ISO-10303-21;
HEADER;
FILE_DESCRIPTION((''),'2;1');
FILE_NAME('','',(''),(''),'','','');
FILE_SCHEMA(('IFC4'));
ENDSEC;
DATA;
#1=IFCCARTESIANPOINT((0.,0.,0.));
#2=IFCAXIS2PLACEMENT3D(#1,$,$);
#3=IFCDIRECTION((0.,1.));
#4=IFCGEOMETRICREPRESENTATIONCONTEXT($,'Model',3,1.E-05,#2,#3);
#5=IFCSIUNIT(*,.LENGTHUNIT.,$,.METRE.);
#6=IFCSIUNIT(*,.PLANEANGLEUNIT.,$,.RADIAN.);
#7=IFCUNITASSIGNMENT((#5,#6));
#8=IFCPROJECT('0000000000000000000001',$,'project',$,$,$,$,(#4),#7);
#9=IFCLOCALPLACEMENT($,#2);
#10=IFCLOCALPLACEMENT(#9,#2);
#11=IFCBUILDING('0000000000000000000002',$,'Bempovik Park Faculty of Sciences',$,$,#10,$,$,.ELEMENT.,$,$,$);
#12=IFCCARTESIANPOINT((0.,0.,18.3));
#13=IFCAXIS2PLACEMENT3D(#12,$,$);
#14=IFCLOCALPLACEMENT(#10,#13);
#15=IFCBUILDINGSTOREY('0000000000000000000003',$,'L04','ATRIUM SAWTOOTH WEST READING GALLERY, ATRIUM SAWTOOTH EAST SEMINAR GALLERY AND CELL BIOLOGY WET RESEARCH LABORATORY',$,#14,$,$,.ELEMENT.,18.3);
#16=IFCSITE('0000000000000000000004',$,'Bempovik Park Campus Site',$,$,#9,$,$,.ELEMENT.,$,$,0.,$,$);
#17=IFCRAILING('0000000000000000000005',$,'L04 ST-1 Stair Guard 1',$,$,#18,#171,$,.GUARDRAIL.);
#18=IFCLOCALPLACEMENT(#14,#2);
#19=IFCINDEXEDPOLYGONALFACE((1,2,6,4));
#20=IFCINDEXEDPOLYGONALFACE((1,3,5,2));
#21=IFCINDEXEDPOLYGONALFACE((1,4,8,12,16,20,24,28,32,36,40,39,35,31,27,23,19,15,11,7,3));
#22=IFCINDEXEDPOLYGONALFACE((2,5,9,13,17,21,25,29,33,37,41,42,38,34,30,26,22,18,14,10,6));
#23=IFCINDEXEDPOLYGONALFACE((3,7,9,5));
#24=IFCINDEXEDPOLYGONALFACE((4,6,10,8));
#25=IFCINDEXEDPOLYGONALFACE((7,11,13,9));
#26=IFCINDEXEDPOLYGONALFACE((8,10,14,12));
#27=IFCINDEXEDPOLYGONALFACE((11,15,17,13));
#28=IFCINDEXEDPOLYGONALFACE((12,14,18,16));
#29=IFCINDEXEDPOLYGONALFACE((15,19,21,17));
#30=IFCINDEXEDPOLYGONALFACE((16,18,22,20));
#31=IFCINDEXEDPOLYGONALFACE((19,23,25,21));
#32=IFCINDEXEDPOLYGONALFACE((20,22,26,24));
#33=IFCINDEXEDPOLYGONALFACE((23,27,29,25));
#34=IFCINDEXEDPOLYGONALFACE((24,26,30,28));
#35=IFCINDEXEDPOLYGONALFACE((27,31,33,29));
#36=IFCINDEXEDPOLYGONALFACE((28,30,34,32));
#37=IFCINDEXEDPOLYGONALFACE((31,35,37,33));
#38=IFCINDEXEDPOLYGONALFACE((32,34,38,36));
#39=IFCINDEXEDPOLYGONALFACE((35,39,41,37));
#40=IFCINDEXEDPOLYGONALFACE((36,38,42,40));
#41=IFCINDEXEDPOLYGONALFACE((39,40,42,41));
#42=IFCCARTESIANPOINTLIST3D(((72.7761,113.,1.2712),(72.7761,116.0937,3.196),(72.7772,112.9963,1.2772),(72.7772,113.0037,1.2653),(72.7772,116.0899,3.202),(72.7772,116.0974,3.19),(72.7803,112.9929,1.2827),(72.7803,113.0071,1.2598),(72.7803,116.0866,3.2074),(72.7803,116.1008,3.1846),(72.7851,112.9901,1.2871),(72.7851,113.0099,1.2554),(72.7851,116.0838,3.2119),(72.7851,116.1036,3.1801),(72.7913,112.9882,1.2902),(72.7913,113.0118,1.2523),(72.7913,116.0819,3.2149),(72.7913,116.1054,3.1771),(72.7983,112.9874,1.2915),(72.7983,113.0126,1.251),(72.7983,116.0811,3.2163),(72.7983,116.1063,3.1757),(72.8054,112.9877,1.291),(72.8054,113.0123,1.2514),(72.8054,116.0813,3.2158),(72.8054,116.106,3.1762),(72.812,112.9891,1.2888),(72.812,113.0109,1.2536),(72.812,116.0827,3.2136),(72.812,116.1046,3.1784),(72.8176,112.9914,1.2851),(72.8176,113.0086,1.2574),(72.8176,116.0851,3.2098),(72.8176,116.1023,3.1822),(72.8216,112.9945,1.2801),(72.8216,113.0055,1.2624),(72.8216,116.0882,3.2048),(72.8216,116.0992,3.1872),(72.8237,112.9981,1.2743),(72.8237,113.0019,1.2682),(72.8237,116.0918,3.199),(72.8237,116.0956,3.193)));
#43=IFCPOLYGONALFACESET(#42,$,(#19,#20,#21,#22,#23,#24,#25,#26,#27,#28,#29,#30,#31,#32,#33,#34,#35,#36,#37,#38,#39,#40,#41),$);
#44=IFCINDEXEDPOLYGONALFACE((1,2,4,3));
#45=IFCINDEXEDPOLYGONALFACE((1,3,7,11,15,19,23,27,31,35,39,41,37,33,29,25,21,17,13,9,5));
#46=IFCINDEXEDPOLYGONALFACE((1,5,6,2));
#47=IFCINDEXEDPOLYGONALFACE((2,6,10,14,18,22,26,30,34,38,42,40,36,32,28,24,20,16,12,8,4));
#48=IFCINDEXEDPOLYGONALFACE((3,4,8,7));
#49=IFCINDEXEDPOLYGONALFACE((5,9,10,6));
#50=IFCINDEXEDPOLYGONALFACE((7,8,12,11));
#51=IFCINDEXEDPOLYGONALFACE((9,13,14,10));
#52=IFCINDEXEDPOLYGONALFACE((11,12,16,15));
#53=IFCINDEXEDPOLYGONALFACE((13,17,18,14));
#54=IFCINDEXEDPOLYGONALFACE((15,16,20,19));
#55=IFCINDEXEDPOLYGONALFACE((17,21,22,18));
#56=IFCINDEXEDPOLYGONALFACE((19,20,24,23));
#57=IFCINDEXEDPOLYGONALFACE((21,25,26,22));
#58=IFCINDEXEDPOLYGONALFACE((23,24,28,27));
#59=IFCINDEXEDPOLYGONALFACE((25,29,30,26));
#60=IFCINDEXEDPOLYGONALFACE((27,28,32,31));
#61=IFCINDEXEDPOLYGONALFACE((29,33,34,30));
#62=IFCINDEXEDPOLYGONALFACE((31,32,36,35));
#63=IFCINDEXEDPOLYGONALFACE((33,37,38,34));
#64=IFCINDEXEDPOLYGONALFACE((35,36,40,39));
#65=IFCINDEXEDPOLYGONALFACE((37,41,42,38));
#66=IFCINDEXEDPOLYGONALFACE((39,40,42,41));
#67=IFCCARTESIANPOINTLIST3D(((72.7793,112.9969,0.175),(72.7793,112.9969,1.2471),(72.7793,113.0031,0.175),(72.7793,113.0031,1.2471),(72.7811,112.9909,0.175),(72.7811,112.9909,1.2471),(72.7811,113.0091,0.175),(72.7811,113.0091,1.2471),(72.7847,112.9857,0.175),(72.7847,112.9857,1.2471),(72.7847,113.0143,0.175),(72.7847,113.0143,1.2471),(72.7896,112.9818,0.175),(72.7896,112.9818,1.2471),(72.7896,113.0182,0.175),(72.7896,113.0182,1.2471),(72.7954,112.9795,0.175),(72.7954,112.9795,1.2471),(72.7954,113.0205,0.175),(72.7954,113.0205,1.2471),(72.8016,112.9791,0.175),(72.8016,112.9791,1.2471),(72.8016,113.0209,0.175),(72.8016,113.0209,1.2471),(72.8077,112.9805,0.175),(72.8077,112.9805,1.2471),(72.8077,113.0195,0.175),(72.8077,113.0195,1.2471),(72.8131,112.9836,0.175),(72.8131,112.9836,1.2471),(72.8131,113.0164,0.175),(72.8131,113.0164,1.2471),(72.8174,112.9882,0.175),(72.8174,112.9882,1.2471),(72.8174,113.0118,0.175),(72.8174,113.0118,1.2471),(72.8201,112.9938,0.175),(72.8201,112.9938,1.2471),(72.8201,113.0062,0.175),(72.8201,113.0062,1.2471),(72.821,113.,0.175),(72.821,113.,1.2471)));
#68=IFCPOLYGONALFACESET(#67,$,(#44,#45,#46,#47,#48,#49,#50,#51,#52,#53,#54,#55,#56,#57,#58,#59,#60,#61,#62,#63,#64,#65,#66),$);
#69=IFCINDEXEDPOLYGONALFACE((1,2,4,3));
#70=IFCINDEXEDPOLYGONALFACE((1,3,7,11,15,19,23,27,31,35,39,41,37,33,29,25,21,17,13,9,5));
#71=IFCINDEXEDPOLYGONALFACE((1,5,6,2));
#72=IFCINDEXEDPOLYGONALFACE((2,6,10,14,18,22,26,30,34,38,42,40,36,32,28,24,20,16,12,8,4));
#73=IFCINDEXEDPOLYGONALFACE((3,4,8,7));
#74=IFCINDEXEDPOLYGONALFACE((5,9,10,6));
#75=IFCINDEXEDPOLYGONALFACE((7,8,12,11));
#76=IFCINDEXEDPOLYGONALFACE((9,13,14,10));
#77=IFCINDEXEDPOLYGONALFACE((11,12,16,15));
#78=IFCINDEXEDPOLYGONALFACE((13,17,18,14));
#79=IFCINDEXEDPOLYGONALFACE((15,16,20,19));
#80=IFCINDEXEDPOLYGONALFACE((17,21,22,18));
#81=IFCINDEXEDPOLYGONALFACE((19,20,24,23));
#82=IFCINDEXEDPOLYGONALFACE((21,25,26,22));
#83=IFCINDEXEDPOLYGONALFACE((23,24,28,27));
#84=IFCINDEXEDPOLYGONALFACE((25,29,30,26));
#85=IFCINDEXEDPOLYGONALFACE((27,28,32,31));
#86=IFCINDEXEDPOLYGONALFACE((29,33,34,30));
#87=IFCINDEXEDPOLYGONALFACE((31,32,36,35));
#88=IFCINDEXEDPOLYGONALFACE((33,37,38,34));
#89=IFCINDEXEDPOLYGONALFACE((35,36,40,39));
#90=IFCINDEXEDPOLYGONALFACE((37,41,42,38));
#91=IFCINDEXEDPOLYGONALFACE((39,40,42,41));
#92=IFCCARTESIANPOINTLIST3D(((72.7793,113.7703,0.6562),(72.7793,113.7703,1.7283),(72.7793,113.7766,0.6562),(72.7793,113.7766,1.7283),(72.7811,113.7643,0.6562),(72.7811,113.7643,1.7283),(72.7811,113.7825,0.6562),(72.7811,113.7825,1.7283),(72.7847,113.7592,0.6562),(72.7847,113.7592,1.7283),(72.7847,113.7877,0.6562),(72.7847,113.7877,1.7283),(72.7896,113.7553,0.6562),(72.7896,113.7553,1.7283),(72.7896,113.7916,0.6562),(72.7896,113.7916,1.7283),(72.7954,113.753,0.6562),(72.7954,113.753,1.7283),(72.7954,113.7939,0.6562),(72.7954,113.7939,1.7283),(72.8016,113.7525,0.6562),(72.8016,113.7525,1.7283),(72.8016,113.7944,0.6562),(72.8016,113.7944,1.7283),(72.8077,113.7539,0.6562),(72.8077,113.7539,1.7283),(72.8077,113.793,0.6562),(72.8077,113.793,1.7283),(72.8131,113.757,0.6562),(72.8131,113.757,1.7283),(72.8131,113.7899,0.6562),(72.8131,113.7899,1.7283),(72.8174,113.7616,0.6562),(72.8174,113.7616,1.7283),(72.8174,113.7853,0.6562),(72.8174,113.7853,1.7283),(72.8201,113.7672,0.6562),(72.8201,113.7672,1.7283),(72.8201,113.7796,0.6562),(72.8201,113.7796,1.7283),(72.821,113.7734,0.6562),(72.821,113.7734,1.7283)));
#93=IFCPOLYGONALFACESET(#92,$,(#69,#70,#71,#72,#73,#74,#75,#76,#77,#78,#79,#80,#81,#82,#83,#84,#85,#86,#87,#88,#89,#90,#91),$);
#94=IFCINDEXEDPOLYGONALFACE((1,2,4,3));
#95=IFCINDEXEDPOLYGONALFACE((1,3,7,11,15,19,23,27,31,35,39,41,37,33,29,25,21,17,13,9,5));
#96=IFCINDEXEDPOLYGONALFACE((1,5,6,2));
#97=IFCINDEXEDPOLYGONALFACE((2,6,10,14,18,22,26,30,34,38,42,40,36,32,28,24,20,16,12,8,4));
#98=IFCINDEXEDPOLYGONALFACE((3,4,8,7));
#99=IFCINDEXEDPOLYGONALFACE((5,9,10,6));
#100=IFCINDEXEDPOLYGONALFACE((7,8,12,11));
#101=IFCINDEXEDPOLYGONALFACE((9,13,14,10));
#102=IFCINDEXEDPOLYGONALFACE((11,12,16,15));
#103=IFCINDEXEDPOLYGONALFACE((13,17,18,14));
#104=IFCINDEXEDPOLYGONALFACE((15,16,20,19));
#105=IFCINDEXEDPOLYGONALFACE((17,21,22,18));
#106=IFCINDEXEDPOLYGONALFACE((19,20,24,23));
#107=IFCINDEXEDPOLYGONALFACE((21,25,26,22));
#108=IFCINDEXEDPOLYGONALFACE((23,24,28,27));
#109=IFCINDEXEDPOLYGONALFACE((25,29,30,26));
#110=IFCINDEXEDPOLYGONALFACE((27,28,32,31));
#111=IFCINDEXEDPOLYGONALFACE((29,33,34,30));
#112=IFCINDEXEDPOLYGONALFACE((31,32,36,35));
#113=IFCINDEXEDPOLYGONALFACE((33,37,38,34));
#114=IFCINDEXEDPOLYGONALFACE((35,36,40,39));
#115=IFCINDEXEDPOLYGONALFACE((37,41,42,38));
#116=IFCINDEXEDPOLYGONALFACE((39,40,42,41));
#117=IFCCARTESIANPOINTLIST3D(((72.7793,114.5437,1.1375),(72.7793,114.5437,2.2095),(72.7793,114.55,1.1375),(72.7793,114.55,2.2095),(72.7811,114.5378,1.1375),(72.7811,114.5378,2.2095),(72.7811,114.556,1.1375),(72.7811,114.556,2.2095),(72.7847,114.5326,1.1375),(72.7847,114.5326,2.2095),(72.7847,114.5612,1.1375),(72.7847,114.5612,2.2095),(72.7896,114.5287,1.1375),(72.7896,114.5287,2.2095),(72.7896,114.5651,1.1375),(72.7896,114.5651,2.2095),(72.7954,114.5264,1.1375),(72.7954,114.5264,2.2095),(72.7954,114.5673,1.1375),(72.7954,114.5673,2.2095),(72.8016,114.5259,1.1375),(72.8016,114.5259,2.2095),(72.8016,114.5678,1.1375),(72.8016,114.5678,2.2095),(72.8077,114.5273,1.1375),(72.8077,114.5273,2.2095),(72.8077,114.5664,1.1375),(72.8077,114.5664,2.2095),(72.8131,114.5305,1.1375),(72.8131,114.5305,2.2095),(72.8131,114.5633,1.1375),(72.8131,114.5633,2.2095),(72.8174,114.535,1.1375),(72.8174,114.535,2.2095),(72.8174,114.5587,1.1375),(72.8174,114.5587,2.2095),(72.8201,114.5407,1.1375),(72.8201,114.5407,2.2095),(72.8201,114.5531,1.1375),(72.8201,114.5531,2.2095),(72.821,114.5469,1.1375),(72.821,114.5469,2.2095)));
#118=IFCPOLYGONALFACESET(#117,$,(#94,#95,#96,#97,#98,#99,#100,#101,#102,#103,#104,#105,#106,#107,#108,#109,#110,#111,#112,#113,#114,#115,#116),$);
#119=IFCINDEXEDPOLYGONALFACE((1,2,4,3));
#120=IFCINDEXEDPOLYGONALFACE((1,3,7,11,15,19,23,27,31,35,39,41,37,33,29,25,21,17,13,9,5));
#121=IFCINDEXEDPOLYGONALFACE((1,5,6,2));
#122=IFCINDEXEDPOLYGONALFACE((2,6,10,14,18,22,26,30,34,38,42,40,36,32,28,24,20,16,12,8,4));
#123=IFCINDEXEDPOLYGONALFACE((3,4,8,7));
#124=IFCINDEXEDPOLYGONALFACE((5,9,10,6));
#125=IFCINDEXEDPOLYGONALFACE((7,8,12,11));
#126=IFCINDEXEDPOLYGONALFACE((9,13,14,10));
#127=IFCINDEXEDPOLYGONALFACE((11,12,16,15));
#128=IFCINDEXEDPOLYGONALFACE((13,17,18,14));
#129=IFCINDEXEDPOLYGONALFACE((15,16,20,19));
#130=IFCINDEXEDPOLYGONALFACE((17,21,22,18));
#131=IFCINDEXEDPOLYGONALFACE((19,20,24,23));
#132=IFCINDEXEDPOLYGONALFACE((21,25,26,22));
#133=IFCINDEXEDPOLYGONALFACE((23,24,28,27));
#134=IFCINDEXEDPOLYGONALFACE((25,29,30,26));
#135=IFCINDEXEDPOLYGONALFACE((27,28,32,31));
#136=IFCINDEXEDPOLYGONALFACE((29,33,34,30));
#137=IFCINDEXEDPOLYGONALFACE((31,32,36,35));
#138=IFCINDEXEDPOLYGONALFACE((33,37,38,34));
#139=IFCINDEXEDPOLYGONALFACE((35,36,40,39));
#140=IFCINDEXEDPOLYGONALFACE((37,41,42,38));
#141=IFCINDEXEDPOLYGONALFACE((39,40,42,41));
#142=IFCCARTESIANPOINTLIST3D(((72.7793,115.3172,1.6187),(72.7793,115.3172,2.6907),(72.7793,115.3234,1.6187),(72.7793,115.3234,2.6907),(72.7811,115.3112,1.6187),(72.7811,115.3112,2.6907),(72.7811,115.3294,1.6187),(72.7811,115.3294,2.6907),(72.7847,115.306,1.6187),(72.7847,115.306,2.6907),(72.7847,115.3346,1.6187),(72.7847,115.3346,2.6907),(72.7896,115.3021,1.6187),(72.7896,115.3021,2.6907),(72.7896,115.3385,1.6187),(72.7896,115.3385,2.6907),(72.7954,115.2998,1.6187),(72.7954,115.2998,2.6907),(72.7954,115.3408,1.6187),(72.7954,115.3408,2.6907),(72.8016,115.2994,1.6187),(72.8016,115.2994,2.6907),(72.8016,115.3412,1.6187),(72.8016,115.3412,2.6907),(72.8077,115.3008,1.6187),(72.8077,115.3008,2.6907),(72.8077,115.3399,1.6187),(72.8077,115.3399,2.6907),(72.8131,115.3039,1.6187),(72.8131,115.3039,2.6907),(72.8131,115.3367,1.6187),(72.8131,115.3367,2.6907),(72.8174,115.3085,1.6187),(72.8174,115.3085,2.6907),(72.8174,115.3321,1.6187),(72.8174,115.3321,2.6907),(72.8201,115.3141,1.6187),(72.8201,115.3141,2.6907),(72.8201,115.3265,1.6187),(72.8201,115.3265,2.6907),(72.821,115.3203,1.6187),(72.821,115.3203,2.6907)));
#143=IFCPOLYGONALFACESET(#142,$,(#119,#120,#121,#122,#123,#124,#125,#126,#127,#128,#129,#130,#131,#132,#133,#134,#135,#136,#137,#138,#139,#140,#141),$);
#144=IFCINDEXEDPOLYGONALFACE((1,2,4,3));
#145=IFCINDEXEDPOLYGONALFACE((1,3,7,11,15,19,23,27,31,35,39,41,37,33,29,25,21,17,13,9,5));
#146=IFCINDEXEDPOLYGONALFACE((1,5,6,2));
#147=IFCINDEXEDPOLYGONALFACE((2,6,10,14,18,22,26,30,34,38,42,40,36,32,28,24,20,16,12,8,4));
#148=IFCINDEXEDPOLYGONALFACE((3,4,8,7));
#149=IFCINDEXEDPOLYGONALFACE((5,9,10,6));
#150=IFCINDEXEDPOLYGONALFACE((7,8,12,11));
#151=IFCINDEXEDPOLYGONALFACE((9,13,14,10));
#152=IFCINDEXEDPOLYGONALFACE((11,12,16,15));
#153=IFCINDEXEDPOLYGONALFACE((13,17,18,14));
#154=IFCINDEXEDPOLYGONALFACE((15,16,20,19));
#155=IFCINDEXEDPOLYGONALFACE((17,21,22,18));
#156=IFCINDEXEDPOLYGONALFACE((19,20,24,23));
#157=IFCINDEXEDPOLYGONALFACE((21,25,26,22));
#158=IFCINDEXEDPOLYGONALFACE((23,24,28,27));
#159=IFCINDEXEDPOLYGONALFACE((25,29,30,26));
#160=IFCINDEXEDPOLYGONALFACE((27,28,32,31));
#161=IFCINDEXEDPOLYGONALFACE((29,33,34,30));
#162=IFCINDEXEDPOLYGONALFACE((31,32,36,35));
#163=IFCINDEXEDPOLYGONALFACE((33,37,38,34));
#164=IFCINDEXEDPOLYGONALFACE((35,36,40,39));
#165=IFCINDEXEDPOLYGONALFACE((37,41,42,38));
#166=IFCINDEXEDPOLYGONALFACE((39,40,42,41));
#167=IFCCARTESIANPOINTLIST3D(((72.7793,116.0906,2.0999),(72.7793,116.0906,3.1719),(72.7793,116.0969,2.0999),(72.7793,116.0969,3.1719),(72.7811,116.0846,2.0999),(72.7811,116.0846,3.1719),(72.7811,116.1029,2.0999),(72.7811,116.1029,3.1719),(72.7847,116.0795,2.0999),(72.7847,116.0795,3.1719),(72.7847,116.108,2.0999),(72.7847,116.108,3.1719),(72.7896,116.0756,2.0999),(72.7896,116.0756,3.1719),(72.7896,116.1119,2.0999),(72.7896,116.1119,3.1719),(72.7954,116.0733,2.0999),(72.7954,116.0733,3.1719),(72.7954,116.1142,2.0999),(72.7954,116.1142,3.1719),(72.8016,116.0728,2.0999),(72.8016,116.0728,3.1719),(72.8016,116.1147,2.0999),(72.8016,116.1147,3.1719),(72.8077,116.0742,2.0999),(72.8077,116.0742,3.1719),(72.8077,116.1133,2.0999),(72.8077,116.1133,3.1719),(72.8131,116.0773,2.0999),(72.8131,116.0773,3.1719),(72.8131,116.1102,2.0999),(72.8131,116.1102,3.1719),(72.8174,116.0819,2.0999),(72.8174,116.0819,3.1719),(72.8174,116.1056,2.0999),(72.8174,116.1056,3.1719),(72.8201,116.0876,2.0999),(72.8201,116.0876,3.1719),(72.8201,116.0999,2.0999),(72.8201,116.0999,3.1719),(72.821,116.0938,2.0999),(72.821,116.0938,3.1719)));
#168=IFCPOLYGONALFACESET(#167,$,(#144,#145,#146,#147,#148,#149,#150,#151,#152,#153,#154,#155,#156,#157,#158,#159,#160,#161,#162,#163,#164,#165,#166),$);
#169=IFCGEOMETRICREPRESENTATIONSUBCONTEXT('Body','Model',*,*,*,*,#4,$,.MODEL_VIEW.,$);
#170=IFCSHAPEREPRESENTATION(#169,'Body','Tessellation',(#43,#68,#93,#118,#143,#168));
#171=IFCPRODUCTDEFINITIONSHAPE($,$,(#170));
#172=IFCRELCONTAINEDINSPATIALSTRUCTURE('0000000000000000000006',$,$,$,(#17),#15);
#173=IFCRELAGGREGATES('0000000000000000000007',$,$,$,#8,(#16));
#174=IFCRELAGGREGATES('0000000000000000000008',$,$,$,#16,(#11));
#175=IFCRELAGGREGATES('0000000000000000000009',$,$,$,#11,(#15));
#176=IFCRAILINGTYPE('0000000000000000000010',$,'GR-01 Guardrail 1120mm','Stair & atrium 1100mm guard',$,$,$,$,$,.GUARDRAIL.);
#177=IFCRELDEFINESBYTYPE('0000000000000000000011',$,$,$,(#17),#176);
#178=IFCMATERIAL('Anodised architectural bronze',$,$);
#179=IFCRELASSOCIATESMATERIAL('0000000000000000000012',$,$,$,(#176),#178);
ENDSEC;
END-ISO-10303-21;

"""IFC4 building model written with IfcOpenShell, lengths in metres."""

from ifc_helpers import new_model, si_unit, direction, frame, origin, origin_2d, place, context, subcontext, project, spatial, circle, extrude, material, type_object, element, save


model = new_model("IFC4")

# Units and contexts
model_context = context("Model", 3, precision=1e-05, world=origin(), true_north=direction((0.0, 1.0)))
body_context = subcontext(model_context, "Body", "Model", "MODEL_VIEW")
ifc_project = project(units=[si_unit("LENGTHUNIT", "METRE"), si_unit("PLANEANGLEUNIT", "RADIAN")], contexts=[model_context])

# Site, building, storey
site_placement = place(None, origin())
site = spatial("IfcSite", under=ifc_project, at=site_placement, Name="Bempovik Park Campus Site", CompositionType="ELEMENT", RefElevation=0.0)
building_placement = place(site_placement, origin())
building = spatial("IfcBuilding", under=site, at=building_placement, Name="Bempovik Park Faculty of Sciences", CompositionType="ELEMENT")
storey_placement = place(building_placement, frame((0.0, 0.0, 18.3)))
storey = spatial("IfcBuildingStorey", under=building, at=storey_placement, Name="L04", Description="ATRIUM SAWTOOTH WEST READING GALLERY, ATRIUM SAWTOOTH EAST SEMINAR GALLERY AND CELL BIOLOGY WET RESEARCH LABORATORY", CompositionType="ELEMENT", Elevation=18.3)

# Railing
ifc_material_1 = material(Name="Anodised architectural bronze")
railing_type_1 = type_object("IfcRailingType", Name="GR-01 Guardrail 1120mm", Description="Stair & atrium 1100mm guard", PredefinedType="GUARDRAIL", material=ifc_material_1)
railing_1_placement = place(storey_placement, frame((72.8, 113.0, 0.175)))
element("IfcRailing", 1, at=railing_1_placement, inside=storey, type_object=railing_type_1, Name="L04 ST-1 Stair Guard 1", PredefinedType="GUARDRAIL", context=body_context, shape_type="SweptSolid", body=[
    extrude(circle(Radius=0.0239, at=origin_2d()), frame((0.0, 0.0, 1.0962), z_axis=(0.0, 0.849081, 0.528263), x_axis=(-1.0, 0.0, 0.0)), (0.0, 0.0, 1.0), 3.6436),
    extrude(circle(Radius=0.021, at=origin_2d()), origin(), (0.0, 0.0, 1.0), 1.072),
    extrude(circle(Radius=0.021, at=origin_2d()), frame((0.0, 0.7734, 0.4812)), (0.0, 0.0, 1.0), 1.072),
    extrude(circle(Radius=0.021, at=origin_2d()), frame((0.0, 1.5469, 0.9624)), (0.0, 0.0, 1.0), 1.072),
    extrude(circle(Radius=0.021, at=origin_2d()), frame((0.0, 2.3203, 1.4436)), (0.0, 0.0, 1.0), 1.072),
    extrude(circle(Radius=0.021, at=origin_2d()), frame((0.0, 3.0938, 1.9248)), (0.0, 0.0, 1.0), 1.072),
])

save(model, "model.ifc")
